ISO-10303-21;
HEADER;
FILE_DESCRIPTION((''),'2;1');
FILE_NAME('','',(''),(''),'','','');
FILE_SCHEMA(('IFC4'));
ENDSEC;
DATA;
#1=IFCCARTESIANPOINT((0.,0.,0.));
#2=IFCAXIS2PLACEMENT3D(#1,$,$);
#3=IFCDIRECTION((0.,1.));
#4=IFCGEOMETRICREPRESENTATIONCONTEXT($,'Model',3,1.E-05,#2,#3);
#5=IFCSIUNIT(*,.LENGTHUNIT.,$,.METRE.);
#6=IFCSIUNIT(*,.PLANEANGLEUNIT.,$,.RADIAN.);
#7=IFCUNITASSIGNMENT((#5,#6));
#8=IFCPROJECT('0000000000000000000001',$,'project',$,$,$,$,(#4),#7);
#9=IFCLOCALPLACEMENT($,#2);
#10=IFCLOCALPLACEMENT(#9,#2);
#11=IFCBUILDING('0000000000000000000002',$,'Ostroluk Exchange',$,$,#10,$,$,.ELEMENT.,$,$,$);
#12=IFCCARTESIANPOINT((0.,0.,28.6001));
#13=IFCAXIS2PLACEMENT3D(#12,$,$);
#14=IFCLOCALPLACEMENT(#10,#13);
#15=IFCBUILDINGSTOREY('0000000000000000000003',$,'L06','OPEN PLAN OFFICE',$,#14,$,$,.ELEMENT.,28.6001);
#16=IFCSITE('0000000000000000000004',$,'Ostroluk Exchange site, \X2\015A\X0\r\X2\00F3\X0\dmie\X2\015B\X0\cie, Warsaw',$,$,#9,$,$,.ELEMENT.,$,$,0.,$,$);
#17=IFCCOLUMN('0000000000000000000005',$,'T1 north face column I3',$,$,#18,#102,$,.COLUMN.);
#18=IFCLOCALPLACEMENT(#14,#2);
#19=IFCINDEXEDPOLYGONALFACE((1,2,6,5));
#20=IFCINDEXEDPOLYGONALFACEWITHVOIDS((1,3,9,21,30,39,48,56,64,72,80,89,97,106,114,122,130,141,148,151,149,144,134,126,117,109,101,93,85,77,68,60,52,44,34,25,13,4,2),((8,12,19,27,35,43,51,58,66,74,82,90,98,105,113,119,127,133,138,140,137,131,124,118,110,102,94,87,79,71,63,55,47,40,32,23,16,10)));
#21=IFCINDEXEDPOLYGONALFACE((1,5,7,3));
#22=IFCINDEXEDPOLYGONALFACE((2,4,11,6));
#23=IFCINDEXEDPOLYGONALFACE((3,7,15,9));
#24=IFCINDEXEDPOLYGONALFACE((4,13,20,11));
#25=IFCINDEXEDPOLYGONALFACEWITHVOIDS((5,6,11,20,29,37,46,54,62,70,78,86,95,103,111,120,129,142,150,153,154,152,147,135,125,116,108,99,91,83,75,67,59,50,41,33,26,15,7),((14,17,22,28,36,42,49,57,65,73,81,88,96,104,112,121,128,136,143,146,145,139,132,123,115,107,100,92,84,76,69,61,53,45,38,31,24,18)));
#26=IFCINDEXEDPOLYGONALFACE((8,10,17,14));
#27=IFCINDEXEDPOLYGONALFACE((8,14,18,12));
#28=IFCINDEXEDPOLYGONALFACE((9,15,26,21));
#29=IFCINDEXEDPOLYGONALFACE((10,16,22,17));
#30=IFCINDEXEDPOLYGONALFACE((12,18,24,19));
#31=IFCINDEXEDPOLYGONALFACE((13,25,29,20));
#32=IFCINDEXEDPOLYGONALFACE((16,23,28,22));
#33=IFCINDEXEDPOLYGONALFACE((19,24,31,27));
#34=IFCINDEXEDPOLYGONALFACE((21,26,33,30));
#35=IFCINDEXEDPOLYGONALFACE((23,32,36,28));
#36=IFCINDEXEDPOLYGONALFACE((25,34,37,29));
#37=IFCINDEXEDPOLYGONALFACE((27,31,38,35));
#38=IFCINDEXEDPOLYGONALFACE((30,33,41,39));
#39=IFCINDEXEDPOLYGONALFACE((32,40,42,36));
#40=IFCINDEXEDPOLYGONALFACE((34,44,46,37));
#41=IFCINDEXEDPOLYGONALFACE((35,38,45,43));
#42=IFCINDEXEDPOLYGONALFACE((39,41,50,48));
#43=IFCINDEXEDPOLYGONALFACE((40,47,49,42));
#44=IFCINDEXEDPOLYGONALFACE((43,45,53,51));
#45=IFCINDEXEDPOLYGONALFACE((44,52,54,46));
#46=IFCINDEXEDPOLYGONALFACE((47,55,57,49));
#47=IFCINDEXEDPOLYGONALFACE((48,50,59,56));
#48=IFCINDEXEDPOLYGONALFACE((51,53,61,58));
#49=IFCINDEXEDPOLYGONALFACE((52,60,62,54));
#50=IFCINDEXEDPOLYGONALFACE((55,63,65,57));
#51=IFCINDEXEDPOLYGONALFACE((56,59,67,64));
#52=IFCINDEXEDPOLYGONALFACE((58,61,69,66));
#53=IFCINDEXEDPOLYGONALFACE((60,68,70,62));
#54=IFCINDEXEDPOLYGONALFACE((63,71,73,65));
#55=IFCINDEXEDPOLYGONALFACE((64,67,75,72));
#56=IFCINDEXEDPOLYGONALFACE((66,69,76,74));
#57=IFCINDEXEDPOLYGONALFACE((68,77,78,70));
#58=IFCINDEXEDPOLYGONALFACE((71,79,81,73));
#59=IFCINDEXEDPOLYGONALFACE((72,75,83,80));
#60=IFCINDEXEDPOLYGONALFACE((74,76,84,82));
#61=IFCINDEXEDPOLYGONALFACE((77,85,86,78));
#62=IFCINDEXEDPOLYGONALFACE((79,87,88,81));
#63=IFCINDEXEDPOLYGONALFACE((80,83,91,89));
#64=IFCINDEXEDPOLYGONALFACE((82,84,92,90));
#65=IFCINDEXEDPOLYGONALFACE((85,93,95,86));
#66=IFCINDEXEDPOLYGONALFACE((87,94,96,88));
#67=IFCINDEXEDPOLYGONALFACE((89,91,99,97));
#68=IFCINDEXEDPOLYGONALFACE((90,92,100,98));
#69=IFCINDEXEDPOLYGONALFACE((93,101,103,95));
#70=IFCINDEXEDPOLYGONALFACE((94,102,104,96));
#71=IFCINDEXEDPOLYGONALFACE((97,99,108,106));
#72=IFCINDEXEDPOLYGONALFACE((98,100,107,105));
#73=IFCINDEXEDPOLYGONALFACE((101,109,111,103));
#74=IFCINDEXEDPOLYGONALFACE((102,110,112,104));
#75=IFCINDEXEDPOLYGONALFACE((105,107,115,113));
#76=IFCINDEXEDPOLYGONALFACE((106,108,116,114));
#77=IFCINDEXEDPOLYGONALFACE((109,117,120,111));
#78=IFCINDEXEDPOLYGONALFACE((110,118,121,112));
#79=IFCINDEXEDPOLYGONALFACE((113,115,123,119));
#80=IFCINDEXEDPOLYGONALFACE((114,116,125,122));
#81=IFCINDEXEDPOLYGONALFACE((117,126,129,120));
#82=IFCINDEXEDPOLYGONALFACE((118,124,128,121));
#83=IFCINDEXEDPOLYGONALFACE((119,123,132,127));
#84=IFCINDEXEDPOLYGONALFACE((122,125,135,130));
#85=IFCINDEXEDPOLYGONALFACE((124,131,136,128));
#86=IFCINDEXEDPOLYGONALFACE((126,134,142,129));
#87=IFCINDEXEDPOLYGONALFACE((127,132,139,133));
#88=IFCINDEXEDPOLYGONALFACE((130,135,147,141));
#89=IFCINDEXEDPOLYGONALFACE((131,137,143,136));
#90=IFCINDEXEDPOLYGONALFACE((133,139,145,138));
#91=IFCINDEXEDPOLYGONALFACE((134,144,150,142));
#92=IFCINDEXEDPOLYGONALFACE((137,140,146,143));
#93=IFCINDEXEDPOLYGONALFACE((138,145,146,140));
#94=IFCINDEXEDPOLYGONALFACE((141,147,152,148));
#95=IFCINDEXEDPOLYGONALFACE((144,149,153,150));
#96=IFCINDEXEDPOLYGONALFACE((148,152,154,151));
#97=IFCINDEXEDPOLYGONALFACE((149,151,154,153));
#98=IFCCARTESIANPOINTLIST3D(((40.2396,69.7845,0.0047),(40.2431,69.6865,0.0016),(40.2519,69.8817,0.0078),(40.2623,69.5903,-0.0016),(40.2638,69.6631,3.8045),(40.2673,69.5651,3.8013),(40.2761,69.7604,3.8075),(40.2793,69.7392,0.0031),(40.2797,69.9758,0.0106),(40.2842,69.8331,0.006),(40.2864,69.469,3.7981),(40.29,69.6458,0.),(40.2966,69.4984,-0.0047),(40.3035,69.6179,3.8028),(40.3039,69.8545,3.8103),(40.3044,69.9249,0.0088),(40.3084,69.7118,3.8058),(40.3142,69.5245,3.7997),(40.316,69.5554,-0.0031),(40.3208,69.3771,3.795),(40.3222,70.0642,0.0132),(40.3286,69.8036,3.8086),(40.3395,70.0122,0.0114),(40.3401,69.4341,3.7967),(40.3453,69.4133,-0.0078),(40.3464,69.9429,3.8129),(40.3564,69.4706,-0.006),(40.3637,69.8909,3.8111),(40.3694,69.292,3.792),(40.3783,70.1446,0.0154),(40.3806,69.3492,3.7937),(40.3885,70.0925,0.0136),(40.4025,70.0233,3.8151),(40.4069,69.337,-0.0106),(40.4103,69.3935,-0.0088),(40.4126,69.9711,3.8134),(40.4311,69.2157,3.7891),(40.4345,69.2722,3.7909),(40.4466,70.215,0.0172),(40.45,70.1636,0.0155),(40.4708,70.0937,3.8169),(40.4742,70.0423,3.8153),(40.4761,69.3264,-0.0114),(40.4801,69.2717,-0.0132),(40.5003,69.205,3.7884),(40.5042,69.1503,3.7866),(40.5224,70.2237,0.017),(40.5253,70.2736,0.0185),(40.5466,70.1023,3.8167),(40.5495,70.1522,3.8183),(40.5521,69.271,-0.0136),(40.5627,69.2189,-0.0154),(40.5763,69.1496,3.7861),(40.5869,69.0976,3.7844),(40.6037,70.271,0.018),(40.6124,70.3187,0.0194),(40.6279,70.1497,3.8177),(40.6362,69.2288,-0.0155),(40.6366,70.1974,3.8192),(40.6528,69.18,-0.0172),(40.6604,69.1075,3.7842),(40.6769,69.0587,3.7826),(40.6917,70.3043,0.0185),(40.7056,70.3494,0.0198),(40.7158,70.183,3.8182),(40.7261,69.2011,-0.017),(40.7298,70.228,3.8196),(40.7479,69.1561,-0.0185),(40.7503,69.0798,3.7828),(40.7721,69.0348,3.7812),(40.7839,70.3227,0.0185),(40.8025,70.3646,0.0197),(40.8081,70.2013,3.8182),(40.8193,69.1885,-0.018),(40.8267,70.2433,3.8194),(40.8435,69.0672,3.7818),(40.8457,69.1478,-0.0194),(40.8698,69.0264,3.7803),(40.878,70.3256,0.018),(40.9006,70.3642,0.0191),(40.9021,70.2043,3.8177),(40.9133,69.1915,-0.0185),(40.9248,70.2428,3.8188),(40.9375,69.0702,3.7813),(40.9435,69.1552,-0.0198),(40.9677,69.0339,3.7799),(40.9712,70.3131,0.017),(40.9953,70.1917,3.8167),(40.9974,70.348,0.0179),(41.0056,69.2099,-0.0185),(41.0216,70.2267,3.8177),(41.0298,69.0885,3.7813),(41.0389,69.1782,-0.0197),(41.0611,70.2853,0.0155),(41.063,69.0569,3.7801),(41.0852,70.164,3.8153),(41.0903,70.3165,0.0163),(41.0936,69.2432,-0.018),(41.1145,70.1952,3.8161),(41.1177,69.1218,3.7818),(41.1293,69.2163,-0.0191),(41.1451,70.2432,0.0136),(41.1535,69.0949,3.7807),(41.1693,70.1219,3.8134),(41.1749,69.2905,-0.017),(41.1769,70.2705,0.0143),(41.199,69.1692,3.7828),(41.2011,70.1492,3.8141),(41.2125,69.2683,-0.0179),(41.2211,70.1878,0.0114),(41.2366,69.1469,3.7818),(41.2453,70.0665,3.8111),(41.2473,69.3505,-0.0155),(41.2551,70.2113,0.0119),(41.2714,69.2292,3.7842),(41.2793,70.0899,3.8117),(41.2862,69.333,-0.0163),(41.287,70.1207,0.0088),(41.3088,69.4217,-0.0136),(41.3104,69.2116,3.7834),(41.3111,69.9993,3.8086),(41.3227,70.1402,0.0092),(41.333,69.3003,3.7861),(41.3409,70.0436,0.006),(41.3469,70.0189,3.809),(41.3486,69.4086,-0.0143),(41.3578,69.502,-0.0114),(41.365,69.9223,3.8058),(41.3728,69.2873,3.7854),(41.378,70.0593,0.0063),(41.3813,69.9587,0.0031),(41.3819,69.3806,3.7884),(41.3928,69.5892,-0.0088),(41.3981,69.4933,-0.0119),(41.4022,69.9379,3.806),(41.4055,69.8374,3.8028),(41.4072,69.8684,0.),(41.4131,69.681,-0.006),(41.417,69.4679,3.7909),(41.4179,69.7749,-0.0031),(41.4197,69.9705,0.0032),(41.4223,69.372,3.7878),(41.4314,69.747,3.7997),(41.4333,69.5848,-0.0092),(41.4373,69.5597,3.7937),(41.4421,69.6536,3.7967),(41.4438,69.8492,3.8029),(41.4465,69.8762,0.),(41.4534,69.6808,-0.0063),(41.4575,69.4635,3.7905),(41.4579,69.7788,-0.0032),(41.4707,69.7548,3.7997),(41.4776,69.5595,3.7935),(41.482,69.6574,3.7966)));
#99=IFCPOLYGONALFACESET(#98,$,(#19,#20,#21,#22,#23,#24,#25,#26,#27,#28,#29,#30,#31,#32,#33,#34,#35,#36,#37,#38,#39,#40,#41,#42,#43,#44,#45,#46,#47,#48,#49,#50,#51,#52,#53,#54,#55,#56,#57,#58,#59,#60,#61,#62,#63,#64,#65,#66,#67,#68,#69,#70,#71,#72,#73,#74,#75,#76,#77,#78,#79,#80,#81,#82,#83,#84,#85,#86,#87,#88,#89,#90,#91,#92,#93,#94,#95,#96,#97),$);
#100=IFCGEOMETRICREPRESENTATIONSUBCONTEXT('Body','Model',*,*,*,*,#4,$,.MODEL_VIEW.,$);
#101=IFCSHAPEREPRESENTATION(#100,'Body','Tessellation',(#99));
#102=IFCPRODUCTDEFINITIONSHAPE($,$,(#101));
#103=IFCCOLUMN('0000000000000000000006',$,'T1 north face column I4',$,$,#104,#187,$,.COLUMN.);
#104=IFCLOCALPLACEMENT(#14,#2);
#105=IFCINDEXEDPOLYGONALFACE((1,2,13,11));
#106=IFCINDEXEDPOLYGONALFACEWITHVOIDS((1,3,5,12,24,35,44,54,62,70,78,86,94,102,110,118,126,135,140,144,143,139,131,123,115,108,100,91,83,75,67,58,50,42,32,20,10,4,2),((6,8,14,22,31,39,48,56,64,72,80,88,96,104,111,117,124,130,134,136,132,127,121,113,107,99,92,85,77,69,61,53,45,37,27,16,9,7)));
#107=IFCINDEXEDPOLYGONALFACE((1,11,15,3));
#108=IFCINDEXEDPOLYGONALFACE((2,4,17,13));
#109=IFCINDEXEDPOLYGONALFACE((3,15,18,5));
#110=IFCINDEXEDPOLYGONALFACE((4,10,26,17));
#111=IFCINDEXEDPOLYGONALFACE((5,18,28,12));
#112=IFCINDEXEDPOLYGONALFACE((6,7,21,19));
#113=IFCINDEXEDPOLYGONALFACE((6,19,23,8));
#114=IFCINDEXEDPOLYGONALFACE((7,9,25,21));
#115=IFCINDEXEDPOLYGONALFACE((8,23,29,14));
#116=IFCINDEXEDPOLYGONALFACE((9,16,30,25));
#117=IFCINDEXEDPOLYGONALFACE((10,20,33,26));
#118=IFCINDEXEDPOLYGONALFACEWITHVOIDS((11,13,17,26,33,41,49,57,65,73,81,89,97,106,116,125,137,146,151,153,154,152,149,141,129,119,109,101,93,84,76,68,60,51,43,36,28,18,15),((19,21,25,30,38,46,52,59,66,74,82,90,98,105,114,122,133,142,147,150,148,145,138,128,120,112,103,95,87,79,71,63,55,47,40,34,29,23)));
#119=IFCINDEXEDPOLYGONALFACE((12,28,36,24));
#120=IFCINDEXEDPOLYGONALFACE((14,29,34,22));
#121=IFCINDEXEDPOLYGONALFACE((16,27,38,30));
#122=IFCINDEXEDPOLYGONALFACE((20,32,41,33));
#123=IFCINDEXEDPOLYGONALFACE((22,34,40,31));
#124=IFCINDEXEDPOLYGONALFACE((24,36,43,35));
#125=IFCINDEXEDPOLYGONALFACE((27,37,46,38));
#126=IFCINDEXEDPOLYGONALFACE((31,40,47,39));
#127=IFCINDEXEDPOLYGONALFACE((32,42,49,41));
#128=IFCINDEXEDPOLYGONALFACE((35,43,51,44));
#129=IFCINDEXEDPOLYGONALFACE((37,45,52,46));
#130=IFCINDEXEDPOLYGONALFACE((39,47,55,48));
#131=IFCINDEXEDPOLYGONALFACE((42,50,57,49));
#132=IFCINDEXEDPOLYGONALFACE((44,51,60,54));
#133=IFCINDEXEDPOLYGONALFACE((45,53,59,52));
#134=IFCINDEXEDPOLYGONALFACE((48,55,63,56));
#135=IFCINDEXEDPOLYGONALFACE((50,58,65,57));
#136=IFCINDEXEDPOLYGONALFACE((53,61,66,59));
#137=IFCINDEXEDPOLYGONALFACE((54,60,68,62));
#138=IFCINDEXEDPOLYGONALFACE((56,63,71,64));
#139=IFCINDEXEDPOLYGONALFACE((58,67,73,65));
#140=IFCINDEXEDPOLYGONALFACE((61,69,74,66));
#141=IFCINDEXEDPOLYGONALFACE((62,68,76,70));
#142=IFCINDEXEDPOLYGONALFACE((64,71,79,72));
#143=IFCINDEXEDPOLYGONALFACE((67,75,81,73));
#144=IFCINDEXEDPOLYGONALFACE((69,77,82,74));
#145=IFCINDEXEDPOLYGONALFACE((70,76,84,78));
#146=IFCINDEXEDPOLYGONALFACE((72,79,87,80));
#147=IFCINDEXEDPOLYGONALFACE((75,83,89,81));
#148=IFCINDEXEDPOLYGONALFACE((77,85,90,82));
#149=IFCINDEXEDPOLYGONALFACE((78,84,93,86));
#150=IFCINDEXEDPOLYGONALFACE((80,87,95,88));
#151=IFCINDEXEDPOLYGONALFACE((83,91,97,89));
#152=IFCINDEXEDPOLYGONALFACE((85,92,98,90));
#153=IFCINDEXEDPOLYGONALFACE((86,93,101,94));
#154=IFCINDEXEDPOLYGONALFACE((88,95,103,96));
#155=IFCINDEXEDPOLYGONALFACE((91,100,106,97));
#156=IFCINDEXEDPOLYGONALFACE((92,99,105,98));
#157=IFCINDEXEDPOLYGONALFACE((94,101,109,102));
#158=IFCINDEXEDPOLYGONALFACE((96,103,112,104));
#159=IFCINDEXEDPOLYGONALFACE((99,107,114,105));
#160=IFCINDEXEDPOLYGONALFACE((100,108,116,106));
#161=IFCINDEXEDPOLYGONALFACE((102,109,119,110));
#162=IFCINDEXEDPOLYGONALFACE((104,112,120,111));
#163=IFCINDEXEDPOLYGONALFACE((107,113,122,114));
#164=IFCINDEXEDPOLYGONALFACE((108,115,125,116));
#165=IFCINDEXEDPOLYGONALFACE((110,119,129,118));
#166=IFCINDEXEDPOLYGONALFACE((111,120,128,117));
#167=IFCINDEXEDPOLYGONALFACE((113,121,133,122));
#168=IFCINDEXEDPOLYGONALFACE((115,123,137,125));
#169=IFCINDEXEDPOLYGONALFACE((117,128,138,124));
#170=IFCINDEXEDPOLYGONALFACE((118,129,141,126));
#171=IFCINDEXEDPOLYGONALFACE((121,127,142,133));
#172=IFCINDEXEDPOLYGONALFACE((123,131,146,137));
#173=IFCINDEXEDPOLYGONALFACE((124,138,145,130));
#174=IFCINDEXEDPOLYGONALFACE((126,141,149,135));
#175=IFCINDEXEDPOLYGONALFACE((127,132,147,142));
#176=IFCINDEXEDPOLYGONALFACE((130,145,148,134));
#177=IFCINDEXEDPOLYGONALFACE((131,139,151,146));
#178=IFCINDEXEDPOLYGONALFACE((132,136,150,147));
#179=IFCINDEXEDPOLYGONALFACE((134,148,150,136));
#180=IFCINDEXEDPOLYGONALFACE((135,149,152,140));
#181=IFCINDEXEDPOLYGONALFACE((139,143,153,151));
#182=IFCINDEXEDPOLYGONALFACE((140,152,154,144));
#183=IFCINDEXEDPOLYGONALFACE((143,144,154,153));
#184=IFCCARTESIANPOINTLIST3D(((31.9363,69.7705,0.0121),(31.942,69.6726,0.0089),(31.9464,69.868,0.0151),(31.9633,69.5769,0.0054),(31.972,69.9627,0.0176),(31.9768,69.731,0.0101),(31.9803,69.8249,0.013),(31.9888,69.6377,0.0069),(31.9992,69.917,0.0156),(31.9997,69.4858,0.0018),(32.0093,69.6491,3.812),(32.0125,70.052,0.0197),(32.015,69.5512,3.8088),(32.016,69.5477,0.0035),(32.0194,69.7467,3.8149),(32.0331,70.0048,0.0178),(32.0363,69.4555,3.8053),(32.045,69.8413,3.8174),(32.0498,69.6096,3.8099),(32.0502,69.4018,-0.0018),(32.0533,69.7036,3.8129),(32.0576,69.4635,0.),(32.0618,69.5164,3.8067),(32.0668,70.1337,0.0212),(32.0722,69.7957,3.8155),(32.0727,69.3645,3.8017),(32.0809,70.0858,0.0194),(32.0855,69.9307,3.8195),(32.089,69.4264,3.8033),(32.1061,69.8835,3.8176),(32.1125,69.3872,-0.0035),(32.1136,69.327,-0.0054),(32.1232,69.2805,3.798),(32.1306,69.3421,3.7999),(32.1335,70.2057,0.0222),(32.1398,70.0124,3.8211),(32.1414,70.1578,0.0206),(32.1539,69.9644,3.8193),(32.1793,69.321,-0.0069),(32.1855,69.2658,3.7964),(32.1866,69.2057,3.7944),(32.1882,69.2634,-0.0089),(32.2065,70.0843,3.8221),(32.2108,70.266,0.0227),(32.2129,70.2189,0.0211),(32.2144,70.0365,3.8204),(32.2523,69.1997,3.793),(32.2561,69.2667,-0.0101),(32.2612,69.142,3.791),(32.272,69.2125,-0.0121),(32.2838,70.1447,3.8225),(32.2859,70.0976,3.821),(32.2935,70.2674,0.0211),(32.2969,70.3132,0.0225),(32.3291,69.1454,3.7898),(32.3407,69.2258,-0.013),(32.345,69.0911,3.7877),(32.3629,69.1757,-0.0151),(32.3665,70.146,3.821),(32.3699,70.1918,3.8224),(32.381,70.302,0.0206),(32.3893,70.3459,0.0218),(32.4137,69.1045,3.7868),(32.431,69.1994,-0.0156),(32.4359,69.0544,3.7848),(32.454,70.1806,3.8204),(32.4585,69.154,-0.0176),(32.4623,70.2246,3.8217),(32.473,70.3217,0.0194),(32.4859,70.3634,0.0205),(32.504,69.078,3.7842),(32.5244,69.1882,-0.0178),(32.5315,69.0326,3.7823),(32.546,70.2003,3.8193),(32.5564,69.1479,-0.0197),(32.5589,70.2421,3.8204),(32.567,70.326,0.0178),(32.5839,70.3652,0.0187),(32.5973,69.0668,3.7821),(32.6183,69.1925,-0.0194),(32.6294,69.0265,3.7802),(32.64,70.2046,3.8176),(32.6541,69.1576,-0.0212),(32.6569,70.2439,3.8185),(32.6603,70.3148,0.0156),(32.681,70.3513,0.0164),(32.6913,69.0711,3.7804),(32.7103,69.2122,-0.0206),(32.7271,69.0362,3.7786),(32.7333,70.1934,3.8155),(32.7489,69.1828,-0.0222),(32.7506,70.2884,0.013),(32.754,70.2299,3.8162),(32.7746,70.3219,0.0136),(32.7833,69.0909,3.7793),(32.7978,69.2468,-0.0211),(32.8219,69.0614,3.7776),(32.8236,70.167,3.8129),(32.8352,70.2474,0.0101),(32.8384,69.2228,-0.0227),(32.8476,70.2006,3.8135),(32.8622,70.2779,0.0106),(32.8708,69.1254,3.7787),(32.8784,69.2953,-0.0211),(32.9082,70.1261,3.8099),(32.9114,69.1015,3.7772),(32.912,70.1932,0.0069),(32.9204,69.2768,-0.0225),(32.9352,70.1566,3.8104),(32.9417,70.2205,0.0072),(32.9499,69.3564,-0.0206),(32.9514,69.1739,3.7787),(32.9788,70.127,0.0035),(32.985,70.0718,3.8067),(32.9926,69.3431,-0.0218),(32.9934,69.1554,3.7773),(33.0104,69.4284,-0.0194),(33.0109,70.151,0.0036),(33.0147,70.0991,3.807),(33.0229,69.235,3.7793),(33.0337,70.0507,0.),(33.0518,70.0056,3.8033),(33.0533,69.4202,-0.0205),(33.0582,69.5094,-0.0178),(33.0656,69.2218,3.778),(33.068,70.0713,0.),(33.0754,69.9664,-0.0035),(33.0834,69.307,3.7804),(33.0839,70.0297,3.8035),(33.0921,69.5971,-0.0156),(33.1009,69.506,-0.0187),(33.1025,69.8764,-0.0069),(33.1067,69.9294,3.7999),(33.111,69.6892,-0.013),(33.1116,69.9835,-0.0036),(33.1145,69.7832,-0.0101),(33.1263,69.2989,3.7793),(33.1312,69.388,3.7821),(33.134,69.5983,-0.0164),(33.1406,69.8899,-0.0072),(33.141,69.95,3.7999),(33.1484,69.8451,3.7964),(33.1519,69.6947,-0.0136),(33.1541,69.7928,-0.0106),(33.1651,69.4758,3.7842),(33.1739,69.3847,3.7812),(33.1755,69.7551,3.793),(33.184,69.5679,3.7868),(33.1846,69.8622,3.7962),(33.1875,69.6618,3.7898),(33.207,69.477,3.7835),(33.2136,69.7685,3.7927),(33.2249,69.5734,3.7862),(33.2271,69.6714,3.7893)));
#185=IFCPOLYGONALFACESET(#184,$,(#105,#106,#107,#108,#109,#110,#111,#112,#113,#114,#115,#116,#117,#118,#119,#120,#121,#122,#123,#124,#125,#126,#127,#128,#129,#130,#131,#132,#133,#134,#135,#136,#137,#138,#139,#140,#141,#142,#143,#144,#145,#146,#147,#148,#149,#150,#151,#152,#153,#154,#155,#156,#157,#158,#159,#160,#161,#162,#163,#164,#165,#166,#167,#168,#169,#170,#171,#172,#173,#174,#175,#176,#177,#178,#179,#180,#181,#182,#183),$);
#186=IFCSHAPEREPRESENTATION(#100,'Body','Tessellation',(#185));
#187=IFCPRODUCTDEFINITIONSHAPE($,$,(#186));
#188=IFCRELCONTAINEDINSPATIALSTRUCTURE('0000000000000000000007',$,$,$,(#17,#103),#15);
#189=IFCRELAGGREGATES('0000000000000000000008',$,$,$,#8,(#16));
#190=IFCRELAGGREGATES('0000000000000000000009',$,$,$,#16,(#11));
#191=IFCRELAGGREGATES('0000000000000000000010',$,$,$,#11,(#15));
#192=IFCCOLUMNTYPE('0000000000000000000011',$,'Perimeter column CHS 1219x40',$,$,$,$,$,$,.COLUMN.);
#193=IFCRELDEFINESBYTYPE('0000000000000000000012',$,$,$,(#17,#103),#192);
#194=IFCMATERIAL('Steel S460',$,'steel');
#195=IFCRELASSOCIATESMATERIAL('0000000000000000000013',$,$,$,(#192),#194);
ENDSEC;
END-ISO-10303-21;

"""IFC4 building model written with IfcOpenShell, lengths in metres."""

from ifc_helpers import new_model, si_unit, direction, frame, origin, origin_2d, place, context, subcontext, project, spatial, hollow_circle, extrude, material, material_profile, profile_set, type_object, element, save


model = new_model("IFC4")

# Units and contexts
model_context = context("Model", 3, precision=1e-05, world=origin(), true_north=direction((0.0, 1.0)))
body_context = subcontext(model_context, "Body", "Model", "MODEL_VIEW")
ifc_project = project(units=[si_unit("LENGTHUNIT", "METRE"), si_unit("PLANEANGLEUNIT", "RADIAN")], contexts=[model_context])

# Site, building, storey
site_placement = place(None, origin())
site = spatial("IfcSite", under=ifc_project, at=site_placement, Name="Ostroluk Exchange site, Śródmieście, Warsaw", CompositionType="ELEMENT", RefElevation=0.0)
building_placement = place(site_placement, origin())
building = spatial("IfcBuilding", under=site, at=building_placement, Name="Ostroluk Exchange", CompositionType="ELEMENT")
storey_placement = place(building_placement, frame((0.0, 0.0, 28.6001)))
storey = spatial("IfcBuildingStorey", under=building, at=storey_placement, Name="L06", Description="OPEN PLAN OFFICE", CompositionType="ELEMENT", Elevation=28.6001)

# Columns
ifc_material_1 = material(Name="Steel S460", Category="steel")
ifc_material_profile_1 = material_profile(ifc_material_1, hollow_circle(Radius=0.6096, WallThickness=0.04, at=origin_2d()), Name="CHS 1219x40")
ifc_profile_set_1 = profile_set([ifc_material_profile_1], Name="Steel S460")
column_type = type_object("IfcColumnType", Name="Perimeter column CHS 1219x40", PredefinedType="COLUMN", material=ifc_profile_set_1)
column_1_placement = place(storey_placement, frame((40.8486, 69.7571, 0.0), z_axis=(0.006357, -0.031916, 0.99947), x_axis=(0.980732, 0.195357, 0.0)))
element("IfcColumn", 1, at=column_1_placement, inside=storey, type_object=column_type, Name="T1 north face column I3", PredefinedType="COLUMN", context=body_context, shape_type="SweptSolid", body=[
    extrude(hollow_circle(Radius=0.6096, WallThickness=0.04, at=origin_2d()), origin(), (0.0, 0.0, 1.0), 3.8018),
])
column_2_placement = place(storey_placement, frame((32.5457, 69.7571, 0.0), z_axis=(0.019198, -0.031911, 0.999306), x_axis=(0.856884, 0.51551, 0.0)))
element("IfcColumn", 2, at=column_2_placement, inside=storey, type_object=column_type, Name="T1 north face column I4", PredefinedType="COLUMN", context=body_context, shape_type="SweptSolid", body=[
    extrude(hollow_circle(Radius=0.6096, WallThickness=0.04, at=origin_2d()), origin(), (0.0, 0.0, 1.0), 3.8025),
])

save(model, "model.ifc")
